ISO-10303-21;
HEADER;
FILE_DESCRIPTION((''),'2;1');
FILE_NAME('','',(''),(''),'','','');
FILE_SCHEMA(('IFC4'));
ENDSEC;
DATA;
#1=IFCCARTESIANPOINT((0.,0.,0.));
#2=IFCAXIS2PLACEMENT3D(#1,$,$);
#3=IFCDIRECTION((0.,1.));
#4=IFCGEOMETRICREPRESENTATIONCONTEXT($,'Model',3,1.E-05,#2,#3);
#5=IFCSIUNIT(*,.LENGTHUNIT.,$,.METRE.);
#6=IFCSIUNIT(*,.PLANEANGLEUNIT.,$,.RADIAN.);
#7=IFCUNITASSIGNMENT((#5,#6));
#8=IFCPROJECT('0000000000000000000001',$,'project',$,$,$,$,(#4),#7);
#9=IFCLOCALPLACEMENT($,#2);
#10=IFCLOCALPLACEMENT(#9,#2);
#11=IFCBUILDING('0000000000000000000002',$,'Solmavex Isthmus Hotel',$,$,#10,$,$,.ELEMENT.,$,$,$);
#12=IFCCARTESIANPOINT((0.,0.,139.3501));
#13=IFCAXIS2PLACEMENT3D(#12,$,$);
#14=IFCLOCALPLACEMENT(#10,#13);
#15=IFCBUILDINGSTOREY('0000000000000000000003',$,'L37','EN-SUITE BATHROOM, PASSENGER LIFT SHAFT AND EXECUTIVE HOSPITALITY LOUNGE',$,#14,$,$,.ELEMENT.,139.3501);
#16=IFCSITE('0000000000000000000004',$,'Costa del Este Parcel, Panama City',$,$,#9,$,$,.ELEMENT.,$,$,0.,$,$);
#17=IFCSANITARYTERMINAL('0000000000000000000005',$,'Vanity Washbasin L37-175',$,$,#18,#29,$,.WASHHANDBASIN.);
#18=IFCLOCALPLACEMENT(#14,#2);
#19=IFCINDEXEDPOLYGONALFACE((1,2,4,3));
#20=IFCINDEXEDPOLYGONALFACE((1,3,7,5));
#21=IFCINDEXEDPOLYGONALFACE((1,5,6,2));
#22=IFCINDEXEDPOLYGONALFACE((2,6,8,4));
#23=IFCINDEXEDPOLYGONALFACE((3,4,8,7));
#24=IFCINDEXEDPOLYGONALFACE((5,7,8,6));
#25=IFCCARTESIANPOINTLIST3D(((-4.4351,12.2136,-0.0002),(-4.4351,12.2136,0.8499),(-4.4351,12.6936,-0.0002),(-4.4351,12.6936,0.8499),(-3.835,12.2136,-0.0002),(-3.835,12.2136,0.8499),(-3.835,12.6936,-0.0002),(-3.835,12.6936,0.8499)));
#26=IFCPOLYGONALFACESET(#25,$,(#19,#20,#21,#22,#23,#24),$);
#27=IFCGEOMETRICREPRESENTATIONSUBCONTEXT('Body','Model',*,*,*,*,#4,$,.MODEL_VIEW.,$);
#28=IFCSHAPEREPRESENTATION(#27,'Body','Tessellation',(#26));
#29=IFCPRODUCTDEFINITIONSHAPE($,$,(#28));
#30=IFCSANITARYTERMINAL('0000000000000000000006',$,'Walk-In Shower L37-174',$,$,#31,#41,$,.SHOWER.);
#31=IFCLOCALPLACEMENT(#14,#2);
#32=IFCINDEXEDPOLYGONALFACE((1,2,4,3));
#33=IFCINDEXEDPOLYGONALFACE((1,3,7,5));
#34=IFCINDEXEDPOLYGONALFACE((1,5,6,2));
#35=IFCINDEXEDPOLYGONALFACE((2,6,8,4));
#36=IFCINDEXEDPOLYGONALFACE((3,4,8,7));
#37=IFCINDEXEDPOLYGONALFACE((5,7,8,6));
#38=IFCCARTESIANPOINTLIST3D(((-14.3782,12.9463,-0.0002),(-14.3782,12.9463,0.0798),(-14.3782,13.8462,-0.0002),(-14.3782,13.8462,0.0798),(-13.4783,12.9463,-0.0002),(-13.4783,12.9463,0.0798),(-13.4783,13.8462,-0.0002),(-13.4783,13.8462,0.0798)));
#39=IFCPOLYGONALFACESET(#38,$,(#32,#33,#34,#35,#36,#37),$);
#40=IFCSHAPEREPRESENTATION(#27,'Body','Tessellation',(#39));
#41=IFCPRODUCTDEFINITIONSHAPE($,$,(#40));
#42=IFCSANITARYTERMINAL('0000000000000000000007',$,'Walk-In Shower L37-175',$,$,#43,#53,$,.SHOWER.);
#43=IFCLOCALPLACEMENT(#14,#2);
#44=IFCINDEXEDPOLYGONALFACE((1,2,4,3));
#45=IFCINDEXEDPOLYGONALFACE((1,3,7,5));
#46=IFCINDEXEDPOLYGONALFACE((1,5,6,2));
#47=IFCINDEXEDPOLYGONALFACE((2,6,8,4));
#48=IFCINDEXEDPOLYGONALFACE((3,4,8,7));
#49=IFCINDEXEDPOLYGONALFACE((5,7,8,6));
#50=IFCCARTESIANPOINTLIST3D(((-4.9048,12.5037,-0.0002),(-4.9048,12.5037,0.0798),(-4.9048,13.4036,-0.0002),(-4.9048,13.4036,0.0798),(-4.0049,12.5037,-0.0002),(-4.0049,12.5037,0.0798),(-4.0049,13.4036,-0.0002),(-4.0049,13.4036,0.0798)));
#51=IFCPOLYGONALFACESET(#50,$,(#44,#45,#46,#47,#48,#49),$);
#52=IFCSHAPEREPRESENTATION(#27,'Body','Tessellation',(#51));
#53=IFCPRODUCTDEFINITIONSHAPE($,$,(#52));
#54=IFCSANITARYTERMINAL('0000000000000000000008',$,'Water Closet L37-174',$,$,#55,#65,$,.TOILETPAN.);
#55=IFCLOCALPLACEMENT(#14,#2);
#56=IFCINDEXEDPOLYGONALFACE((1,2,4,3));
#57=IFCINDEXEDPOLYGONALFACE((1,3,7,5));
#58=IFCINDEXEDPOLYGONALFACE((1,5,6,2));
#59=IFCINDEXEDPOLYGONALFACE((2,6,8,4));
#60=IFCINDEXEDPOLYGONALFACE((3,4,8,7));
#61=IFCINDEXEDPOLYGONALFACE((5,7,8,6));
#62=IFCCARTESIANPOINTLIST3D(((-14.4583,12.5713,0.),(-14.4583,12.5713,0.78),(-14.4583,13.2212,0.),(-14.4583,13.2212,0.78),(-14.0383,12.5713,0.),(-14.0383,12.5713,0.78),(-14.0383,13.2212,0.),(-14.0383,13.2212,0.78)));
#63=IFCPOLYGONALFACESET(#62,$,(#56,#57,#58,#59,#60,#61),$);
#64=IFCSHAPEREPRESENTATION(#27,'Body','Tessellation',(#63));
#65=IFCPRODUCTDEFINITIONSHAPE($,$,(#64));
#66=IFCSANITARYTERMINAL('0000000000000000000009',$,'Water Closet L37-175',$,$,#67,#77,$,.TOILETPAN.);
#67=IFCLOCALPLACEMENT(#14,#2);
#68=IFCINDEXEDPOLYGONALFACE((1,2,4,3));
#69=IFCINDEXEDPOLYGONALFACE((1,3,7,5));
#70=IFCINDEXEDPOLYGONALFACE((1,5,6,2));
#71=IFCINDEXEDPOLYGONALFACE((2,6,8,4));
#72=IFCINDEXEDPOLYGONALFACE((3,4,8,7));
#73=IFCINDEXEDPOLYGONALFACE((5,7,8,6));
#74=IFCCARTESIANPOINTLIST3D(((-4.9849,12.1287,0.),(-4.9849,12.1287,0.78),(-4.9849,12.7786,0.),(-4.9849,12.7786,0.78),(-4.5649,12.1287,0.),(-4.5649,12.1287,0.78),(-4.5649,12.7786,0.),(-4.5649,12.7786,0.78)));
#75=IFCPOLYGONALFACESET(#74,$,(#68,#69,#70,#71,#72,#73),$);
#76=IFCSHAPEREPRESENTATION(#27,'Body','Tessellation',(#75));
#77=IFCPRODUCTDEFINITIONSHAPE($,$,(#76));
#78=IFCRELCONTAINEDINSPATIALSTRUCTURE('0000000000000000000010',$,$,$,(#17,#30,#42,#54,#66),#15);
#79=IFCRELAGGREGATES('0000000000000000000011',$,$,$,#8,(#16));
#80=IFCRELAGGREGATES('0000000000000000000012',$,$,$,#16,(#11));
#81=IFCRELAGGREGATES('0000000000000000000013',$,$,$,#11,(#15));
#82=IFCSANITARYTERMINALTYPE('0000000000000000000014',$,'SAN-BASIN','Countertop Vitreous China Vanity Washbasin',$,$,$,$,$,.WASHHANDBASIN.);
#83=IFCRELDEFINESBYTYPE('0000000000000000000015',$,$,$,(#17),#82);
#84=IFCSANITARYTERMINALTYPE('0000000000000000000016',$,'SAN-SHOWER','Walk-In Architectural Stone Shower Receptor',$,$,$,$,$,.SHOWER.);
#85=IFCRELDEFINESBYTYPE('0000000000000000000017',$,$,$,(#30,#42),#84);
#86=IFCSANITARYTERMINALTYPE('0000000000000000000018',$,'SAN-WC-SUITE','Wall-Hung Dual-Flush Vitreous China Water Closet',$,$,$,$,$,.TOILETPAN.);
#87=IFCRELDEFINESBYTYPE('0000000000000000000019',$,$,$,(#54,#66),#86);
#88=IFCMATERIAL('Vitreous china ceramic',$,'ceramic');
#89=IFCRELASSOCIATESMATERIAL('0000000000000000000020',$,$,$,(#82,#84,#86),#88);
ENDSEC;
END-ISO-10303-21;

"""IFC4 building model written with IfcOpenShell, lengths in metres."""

from ifc_helpers import new_model, si_unit, direction, frame, origin, origin_2d, place, context, subcontext, project, spatial, rectangle, extrude, material, type_object, element, save


model = new_model("IFC4")

# Units and contexts
model_context = context("Model", 3, precision=1e-05, world=origin(), true_north=direction((0.0, 1.0)))
body_context = subcontext(model_context, "Body", "Model", "MODEL_VIEW")
ifc_project = project(units=[si_unit("LENGTHUNIT", "METRE"), si_unit("PLANEANGLEUNIT", "RADIAN")], contexts=[model_context])

# Site, building, storey
site_placement = place(None, origin())
site = spatial("IfcSite", under=ifc_project, at=site_placement, Name="Costa del Este Parcel, Panama City", CompositionType="ELEMENT", RefElevation=0.0)
building_placement = place(site_placement, origin())
building = spatial("IfcBuilding", under=site, at=building_placement, Name="Solmavex Isthmus Hotel", CompositionType="ELEMENT")
storey_placement = place(building_placement, frame((0.0, 0.0, 139.3501)))
storey = spatial("IfcBuildingStorey", under=building, at=storey_placement, Name="L37", Description="EN-SUITE BATHROOM, PASSENGER LIFT SHAFT AND EXECUTIVE HOSPITALITY LOUNGE", CompositionType="ELEMENT", Elevation=139.3501)

# Sanitary terminals
ifc_material_1 = material(Name="Vitreous china ceramic", Category="ceramic")
sanitary_terminal_type_1 = type_object("IfcSanitaryTerminalType", Name="SAN-BASIN", Description="Countertop Vitreous China Vanity Washbasin", PredefinedType="WASHHANDBASIN", material=ifc_material_1)
for number, where, z_axis, x_axis, name in (
    (1, (-4.135, 12.4536, -0.0002), (0.0, 0.0, 1.0), (1.0, 0.0, 0.0), "Vanity Washbasin L37-175"),
):
    element("IfcSanitaryTerminal", number, at=place(storey_placement, frame(where, z_axis=z_axis, x_axis=x_axis)), inside=storey, type_object=sanitary_terminal_type_1, Name=name, PredefinedType="WASHHANDBASIN", context=body_context, shape_type="SweptSolid", body=[
        extrude(rectangle(XDim=0.6001, YDim=0.48, at=origin_2d()), origin(), (0.0, 0.0, 1.0), 0.8501),
    ])
sanitary_terminal_type_2 = type_object("IfcSanitaryTerminalType", Name="SAN-SHOWER", Description="Walk-In Architectural Stone Shower Receptor", PredefinedType="SHOWER", material=ifc_material_1)
for number, where, z_axis, x_axis, name in (
    (2, (-13.9282, 13.3962, -0.0002), (0.0, 0.0, 1.0), (1.0, 0.0, 0.0), "Walk-In Shower L37-174"),
    (3, (-4.4548, 12.9536, -0.0002), (0.0, 0.0, 1.0), (1.0, 0.0, 0.0), "Walk-In Shower L37-175"),
):
    element("IfcSanitaryTerminal", number, at=place(storey_placement, frame(where, z_axis=z_axis, x_axis=x_axis)), inside=storey, type_object=sanitary_terminal_type_2, Name=name, PredefinedType="SHOWER", context=body_context, shape_type="SweptSolid", body=[
        extrude(rectangle(XDim=0.8999, YDim=0.8999, at=origin_2d()), origin(), (0.0, 0.0, 1.0), 0.0801),
    ])
sanitary_terminal_type_3 = type_object("IfcSanitaryTerminalType", Name="SAN-WC-SUITE", Description="Wall-Hung Dual-Flush Vitreous China Water Closet", PredefinedType="TOILETPAN", material=ifc_material_1)
for number, where, z_axis, x_axis, name in (
    (4, (-14.2483, 12.8962, 0.0), (0.0, 0.0, 1.0), (1.0, 0.0, 0.0), "Water Closet L37-174"),
    (5, (-4.7749, 12.4536, 0.0), (0.0, 0.0, 1.0), (1.0, 0.0, 0.0), "Water Closet L37-175"),
):
    element("IfcSanitaryTerminal", number, at=place(storey_placement, frame(where, z_axis=z_axis, x_axis=x_axis)), inside=storey, type_object=sanitary_terminal_type_3, Name=name, PredefinedType="TOILETPAN", context=body_context, shape_type="SweptSolid", body=[
        extrude(rectangle(XDim=0.4199, YDim=0.6499, at=origin_2d()), origin(), (0.0, 0.0, 1.0), 0.78),
    ])

save(model, "model.ifc")
